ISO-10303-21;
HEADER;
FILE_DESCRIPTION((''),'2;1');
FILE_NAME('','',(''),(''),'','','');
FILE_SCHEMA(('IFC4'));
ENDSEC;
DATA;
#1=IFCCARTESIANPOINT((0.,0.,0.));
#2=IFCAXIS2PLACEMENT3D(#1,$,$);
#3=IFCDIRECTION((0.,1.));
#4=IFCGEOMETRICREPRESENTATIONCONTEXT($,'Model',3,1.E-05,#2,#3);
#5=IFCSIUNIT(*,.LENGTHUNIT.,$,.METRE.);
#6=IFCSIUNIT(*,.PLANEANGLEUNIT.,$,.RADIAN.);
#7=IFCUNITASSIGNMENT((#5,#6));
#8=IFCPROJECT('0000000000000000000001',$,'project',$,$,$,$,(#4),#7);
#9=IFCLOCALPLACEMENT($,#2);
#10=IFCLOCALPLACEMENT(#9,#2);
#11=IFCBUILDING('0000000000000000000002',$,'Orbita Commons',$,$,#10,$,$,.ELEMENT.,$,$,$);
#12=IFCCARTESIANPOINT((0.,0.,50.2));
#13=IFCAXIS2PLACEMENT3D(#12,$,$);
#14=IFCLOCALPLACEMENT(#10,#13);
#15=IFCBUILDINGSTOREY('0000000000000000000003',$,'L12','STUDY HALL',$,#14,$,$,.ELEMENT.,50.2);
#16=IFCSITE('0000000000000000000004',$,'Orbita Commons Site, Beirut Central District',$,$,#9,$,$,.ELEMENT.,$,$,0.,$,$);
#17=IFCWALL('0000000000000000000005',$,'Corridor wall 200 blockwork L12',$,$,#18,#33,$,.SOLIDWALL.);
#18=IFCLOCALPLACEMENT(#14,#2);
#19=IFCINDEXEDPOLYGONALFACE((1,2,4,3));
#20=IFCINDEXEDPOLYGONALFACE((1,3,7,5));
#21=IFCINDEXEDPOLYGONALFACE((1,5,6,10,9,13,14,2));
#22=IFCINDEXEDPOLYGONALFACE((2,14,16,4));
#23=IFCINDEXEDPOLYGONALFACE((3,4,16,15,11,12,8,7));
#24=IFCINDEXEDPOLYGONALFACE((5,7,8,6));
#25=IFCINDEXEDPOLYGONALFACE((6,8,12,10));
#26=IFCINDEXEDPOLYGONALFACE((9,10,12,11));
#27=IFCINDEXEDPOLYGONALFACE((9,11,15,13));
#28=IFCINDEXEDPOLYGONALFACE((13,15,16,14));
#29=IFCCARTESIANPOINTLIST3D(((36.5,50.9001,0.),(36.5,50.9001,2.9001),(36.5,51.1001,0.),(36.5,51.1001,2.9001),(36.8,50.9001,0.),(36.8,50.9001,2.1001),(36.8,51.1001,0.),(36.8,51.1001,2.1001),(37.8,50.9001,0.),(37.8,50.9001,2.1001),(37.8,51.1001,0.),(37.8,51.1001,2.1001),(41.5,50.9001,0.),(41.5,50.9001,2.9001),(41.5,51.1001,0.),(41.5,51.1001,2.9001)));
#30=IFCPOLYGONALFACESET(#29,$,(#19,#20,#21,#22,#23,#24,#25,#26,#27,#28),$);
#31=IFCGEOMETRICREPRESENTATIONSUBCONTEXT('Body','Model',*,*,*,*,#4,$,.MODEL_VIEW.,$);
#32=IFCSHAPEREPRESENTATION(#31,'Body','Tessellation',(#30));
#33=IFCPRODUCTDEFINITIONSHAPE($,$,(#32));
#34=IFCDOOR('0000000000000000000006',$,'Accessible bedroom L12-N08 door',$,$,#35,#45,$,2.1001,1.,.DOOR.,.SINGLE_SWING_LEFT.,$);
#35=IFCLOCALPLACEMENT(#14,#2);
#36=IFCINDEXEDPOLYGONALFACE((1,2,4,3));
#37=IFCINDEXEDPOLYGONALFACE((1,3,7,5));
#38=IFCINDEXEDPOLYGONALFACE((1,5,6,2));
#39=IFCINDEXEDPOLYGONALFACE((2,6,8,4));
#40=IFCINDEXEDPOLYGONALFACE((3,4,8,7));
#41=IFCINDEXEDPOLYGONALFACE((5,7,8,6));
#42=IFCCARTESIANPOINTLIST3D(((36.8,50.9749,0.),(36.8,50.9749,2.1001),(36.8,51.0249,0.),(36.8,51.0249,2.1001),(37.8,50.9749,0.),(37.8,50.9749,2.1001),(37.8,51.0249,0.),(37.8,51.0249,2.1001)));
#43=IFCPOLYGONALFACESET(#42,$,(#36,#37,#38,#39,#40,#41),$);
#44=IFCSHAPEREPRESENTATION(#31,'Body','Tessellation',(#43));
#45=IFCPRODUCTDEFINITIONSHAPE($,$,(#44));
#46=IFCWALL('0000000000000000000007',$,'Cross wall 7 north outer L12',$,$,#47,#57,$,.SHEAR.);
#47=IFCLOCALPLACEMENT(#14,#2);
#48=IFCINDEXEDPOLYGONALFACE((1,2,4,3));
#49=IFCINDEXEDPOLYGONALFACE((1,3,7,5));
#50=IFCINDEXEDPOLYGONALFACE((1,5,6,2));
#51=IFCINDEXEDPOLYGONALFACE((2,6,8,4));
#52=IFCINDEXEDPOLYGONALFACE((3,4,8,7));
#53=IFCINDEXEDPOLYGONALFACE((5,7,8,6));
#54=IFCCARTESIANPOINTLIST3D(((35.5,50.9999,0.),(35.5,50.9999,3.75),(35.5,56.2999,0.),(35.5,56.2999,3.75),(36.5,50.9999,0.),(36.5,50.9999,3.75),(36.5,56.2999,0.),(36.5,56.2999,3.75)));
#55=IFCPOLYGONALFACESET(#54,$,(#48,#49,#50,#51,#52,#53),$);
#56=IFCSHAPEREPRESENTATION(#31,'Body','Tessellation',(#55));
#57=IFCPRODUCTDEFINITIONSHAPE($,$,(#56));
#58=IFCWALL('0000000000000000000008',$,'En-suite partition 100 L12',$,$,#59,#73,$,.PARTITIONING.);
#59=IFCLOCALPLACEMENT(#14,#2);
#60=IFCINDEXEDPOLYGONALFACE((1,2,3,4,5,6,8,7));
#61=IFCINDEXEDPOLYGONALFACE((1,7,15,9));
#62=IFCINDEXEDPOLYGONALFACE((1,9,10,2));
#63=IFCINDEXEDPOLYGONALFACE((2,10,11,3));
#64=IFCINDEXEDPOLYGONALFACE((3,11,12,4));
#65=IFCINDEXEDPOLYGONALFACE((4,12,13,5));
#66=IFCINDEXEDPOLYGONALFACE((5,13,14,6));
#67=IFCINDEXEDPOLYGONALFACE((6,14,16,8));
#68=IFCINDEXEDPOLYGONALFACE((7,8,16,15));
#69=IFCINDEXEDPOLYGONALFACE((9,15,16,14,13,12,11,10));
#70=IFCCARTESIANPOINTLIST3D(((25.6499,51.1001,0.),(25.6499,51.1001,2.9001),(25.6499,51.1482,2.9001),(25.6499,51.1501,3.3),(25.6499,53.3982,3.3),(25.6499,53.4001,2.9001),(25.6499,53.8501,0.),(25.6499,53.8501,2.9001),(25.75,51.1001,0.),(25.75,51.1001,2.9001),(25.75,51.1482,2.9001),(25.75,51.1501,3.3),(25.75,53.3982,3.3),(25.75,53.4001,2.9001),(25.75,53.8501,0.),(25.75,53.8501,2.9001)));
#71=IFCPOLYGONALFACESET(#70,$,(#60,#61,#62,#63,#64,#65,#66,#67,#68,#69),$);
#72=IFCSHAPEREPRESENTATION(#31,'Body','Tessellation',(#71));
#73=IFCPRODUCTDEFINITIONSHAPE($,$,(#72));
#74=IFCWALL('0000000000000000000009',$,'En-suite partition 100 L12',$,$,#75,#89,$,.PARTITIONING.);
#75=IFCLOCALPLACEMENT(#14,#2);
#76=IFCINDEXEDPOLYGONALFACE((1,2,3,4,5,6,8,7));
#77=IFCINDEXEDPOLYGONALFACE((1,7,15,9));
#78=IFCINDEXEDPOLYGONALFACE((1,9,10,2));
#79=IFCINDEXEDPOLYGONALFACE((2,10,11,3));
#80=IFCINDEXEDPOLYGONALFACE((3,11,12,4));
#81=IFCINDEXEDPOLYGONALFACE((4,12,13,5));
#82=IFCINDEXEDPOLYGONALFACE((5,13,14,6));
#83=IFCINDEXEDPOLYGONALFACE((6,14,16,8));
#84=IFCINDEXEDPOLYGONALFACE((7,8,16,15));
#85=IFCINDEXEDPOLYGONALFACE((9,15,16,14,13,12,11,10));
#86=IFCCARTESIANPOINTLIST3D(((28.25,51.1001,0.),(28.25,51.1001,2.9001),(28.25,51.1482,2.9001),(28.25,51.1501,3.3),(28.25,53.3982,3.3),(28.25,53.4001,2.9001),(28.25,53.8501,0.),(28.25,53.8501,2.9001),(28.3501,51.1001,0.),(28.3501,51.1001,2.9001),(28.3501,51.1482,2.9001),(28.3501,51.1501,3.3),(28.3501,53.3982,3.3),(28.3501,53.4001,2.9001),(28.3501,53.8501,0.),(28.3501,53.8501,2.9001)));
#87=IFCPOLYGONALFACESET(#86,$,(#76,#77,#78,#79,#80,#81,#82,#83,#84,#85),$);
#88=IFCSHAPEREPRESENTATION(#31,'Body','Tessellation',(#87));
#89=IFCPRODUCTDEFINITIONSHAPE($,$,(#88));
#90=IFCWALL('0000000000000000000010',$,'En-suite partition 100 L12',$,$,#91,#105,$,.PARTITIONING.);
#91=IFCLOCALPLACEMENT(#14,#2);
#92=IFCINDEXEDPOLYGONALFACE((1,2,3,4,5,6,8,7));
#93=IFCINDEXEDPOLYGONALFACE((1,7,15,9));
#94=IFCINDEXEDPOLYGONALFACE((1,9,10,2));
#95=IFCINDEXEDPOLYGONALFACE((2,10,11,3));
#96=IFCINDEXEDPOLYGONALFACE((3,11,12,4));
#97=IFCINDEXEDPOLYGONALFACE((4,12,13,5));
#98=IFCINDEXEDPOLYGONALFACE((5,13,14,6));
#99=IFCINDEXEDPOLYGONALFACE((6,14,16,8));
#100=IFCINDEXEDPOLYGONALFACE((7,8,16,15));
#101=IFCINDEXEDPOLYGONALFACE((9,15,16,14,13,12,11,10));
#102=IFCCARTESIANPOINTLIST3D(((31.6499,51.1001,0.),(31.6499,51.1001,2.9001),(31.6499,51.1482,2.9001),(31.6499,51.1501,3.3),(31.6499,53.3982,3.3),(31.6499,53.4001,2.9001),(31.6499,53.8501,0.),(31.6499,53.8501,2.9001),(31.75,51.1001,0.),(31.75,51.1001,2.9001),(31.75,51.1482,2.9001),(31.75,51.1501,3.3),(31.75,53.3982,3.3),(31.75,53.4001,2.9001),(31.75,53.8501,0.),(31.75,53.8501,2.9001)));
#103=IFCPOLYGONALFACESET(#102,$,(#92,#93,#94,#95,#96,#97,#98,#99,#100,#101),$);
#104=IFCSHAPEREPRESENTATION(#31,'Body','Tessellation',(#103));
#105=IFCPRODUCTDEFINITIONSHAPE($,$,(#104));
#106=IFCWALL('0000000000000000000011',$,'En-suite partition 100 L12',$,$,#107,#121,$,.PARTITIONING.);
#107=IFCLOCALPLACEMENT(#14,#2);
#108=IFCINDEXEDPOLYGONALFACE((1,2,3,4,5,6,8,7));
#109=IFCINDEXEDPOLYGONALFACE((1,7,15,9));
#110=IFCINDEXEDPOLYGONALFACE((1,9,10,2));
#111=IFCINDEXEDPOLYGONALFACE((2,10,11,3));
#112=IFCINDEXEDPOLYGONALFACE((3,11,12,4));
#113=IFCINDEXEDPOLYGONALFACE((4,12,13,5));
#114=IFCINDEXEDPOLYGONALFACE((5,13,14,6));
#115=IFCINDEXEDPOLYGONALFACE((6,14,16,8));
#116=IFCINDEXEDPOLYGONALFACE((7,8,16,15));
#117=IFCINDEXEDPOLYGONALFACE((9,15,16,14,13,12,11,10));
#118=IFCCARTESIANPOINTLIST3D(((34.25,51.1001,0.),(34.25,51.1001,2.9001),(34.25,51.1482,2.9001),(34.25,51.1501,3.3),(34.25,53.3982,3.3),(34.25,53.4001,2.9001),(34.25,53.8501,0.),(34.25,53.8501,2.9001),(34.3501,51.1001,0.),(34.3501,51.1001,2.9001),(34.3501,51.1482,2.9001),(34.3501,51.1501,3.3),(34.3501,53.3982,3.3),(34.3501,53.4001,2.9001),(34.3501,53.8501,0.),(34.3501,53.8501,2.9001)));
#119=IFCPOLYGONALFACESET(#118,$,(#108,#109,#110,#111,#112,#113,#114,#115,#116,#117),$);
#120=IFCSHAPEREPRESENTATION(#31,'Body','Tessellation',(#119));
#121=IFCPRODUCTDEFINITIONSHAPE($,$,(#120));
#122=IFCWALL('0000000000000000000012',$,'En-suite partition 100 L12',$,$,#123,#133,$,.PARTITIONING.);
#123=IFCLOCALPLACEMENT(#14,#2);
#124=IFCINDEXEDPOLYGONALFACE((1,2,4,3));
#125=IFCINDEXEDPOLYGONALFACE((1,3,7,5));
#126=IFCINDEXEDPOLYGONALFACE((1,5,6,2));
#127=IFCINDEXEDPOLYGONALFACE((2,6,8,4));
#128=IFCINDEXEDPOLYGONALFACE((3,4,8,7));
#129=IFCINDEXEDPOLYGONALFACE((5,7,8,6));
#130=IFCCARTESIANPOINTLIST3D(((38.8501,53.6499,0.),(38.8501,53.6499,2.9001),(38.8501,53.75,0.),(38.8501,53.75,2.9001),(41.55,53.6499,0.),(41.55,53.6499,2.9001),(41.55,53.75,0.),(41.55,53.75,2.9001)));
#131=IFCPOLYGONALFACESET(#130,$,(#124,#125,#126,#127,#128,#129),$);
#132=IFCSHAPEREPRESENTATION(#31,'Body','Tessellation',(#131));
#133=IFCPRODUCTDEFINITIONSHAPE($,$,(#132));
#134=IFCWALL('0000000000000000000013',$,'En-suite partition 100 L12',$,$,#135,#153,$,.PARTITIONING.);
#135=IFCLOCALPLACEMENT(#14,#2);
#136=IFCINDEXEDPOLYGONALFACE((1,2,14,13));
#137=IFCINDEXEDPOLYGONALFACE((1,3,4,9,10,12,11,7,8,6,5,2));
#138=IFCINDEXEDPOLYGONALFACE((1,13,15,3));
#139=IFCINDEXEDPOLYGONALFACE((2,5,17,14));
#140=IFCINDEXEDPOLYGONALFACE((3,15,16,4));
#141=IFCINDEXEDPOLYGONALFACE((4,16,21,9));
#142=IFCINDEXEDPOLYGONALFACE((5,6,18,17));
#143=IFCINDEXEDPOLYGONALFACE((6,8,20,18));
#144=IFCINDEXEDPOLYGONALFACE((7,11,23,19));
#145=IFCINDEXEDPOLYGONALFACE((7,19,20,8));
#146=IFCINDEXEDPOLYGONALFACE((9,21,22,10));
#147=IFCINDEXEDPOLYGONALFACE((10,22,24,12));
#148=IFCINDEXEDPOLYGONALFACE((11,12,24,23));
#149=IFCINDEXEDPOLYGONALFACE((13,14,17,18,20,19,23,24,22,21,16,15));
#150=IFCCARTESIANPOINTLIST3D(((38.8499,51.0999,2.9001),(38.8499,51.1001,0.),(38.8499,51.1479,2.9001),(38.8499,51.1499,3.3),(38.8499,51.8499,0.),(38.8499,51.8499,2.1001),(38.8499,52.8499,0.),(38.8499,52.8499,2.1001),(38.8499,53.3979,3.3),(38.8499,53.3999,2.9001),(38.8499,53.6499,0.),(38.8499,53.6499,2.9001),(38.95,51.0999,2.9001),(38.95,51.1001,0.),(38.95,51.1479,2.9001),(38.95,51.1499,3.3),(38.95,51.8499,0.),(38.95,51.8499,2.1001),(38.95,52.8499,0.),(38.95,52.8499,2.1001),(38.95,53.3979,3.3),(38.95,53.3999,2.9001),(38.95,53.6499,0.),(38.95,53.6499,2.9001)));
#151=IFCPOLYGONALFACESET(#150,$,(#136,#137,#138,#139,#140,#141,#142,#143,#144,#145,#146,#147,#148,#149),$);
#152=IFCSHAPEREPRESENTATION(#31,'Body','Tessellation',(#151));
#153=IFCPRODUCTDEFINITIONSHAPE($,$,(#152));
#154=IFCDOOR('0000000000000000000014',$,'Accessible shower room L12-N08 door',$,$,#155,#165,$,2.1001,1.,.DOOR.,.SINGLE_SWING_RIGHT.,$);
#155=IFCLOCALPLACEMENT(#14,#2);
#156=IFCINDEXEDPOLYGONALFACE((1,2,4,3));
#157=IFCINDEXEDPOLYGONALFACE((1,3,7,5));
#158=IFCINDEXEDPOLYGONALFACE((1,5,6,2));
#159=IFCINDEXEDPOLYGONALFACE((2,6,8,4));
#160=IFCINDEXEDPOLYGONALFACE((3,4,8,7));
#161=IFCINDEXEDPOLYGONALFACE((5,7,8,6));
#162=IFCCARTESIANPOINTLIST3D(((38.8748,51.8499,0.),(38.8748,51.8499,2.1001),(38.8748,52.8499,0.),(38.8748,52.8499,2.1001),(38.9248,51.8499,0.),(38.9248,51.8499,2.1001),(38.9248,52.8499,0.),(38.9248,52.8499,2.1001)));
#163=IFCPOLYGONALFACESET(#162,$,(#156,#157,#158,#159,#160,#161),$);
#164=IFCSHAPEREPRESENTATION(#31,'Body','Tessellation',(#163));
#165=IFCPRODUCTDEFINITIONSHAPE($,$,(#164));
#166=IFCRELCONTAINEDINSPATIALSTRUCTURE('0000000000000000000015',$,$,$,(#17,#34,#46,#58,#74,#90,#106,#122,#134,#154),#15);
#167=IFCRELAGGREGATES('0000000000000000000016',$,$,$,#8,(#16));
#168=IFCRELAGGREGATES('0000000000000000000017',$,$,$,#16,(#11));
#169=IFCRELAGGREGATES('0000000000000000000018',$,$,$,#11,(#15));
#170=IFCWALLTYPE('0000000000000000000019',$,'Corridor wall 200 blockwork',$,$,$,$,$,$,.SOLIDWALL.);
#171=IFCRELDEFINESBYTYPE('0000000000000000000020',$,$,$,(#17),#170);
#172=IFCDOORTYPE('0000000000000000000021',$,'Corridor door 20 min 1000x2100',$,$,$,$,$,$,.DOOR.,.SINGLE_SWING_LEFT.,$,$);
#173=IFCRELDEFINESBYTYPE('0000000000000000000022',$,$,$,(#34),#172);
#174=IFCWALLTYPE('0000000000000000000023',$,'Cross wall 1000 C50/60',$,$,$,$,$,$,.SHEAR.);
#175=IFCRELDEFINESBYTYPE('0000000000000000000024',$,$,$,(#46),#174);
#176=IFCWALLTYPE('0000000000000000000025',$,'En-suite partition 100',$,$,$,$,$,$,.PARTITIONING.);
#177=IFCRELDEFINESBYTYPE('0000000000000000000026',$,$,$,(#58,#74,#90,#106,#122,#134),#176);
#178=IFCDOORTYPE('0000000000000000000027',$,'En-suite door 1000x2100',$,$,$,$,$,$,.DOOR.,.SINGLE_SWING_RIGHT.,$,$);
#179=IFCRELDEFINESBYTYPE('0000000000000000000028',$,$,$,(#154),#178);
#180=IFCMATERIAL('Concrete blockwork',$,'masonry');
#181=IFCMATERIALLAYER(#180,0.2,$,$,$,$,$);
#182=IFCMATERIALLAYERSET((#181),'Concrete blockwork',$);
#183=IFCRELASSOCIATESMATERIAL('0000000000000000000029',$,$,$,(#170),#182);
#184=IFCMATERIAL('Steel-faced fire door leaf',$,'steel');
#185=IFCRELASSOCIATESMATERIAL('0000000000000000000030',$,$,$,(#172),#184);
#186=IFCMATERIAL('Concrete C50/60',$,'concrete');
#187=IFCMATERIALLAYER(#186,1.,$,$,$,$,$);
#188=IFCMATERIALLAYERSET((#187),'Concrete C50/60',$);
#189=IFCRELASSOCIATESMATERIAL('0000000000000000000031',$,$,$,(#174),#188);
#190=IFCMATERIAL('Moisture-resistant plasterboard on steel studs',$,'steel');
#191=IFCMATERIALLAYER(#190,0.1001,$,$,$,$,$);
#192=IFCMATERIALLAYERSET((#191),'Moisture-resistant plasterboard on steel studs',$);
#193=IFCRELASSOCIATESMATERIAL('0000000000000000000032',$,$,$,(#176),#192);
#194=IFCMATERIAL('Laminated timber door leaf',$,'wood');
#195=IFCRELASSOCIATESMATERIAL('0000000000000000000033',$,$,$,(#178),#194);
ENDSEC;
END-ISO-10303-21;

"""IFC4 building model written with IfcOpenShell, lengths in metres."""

from ifc_helpers import new_model, si_unit, direction, frame, frame_2d, origin, place, context, subcontext, project, spatial, polyline, rectangle, outline, extrude, material, layer, layer_set, type_object, element, fill, save


model = new_model("IFC4")

# Units and contexts
model_context = context("Model", 3, precision=1e-05, world=origin(), true_north=direction((0.0, 1.0)))
body_context = subcontext(model_context, "Body", "Model", "MODEL_VIEW")
ifc_project = project(units=[si_unit("LENGTHUNIT", "METRE"), si_unit("PLANEANGLEUNIT", "RADIAN")], contexts=[model_context])

# Site, building, storey
site_placement = place(None, origin())
site = spatial("IfcSite", under=ifc_project, at=site_placement, Name="Orbita Commons Site, Beirut Central District", CompositionType="ELEMENT", RefElevation=0.0)
building_placement = place(site_placement, origin())
building = spatial("IfcBuilding", under=site, at=building_placement, Name="Orbita Commons", CompositionType="ELEMENT")
storey_placement = place(building_placement, frame((0.0, 0.0, 50.2)))
storey = spatial("IfcBuildingStorey", under=building, at=storey_placement, Name="L12", Description="STUDY HALL", CompositionType="ELEMENT", Elevation=50.2)

# Shared definitions
ifc_material_1 = material(Name="Concrete blockwork", Category="masonry")
ifc_layer_1 = layer(ifc_material_1, 0.2)
ifc_layer_set_1 = layer_set([ifc_layer_1], Name="Concrete blockwork")
wall_type_1 = type_object("IfcWallType", Name="Corridor wall 200 blockwork", PredefinedType="SOLIDWALL", material=ifc_layer_set_1)

# Wall, opening, door
wall_1_placement = place(storey_placement, frame((36.5, 51.0, 0.0), z_axis=(0.0, 0.0, 1.0), x_axis=(1.0, 0.0, 0.0)))
wall_1 = element("IfcWall", 1, at=wall_1_placement, inside=storey, type_object=wall_type_1, Name="Corridor wall 200 blockwork L12", PredefinedType="SOLIDWALL", context=body_context, shape_type="SweptSolid", body=[
    extrude(outline(polyline([(0.0, 0.0), (5.0, 0.0), (5.0, 2.9001), (0.0, 2.9001), (0.0, 0.0)])), frame((0.0, 0.1001, 0.0), z_axis=(0.0, -1.0, 0.0), x_axis=(1.0, 0.0, 0.0)), (0.0, 0.0, 1.0), 0.2),
])
opening_1_placement = place(wall_1_placement, frame((0.3, 0.0, 0.0)))
opening_1 = element("IfcOpeningElement", 2, at=opening_1_placement, cuts=wall_1, PredefinedType="OPENING", context=body_context, shape_type="SweptSolid", body=[
    extrude(rectangle(XDim=1.0, YDim=2.1001, at=frame_2d((0.5, 1.05))), frame((0.0, 0.1099, 0.0), z_axis=(0.0, -1.0, 0.0), x_axis=(1.0, 0.0, 0.0)), (0.0, 0.0, 1.0), 0.22),
])
ifc_material_2 = material(Name="Steel-faced fire door leaf", Category="steel")
door_type_1 = type_object("IfcDoorType", Name="Corridor door 20 min 1000x2100", OperationType="SINGLE_SWING_LEFT", PredefinedType="DOOR", material=ifc_material_2)
door_1_placement = place(opening_1_placement, origin())
door_1 = element("IfcDoor", 3, at=door_1_placement, inside=storey, type_object=door_type_1, Name="Accessible bedroom L12-N08 door", OperationType="SINGLE_SWING_LEFT", OverallHeight=2.1001, OverallWidth=1.0, PredefinedType="DOOR", context=body_context, shape_type="SweptSolid", body=[
    extrude(rectangle(XDim=1.0, YDim=2.1001, at=frame_2d((0.5, 1.05))), frame((0.0, 0.0249, 0.0), z_axis=(0.0, -1.0, 0.0), x_axis=(1.0, 0.0, 0.0)), (0.0, 0.0, 1.0), 0.05),
])
fill(opening_1, door_1)

# Walls
ifc_material_3 = material(Name="Concrete C50/60", Category="concrete")
ifc_layer_2 = layer(ifc_material_3, 1.0)
ifc_layer_set_2 = layer_set([ifc_layer_2], Name="Concrete C50/60")
wall_type_2 = type_object("IfcWallType", Name="Cross wall 1000 C50/60", PredefinedType="SHEAR", material=ifc_layer_set_2)
wall_2_placement = place(storey_placement, frame((36.0, 51.0, 0.0), z_axis=(0.0, 0.0, 1.0), x_axis=(0.0, 1.0, 0.0)))
element("IfcWall", 4, at=wall_2_placement, inside=storey, type_object=wall_type_2, Name="Cross wall 7 north outer L12", PredefinedType="SHEAR", context=body_context, shape_type="SweptSolid", body=[
    extrude(rectangle(XDim=5.3, YDim=1.0, at=frame_2d((2.6499, 0.0))), origin(), (0.0, 0.0, 1.0), 3.75),
])
ifc_material_4 = material(Name="Moisture-resistant plasterboard on steel studs", Category="steel")
ifc_layer_3 = layer(ifc_material_4, 0.1001)
ifc_layer_set_3 = layer_set([ifc_layer_3], Name="Moisture-resistant plasterboard on steel studs")
wall_type_3 = type_object("IfcWallType", Name="En-suite partition 100", PredefinedType="PARTITIONING", material=ifc_layer_set_3)
for number, where, z_axis, x_axis, name in (
    (5, (25.7, 53.8501, 0.0), (0.0, 0.0, 1.0), (0.0, -1.0, 0.0), "En-suite partition 100 L12"),
    (6, (28.3, 53.8501, 0.0), (0.0, 0.0, 1.0), (0.0, -1.0, 0.0), "En-suite partition 100 L12"),
    (7, (31.7, 53.8501, 0.0), (0.0, 0.0, 1.0), (0.0, -1.0, 0.0), "En-suite partition 100 L12"),
    (8, (34.3, 53.8501, 0.0), (0.0, 0.0, 1.0), (0.0, -1.0, 0.0), "En-suite partition 100 L12"),
):
    element("IfcWall", number, at=place(storey_placement, frame(where, z_axis=z_axis, x_axis=x_axis)), inside=storey, type_object=wall_type_3, Name=name, PredefinedType="PARTITIONING", context=body_context, shape_type="SweptSolid", body=[
        extrude(outline(polyline([(0.0, 0.0), (2.75, 0.0), (2.75, 2.9001), (2.7019, 2.9001), (2.7, 3.3), (0.4519, 3.3), (0.45, 2.9001), (0.0, 2.9001), (0.0, 0.0)])), frame((0.0, 0.05, 0.0), z_axis=(0.0, -1.0, 0.0), x_axis=(1.0, 0.0, 0.0)), (0.0, 0.0, 1.0), 0.1001),
    ])
wall_3_placement = place(storey_placement, frame((38.8501, 53.7, 0.0), z_axis=(0.0, 0.0, 1.0), x_axis=(1.0, 0.0, 0.0)))
element("IfcWall", 9, at=wall_3_placement, inside=storey, type_object=wall_type_3, Name="En-suite partition 100 L12", PredefinedType="PARTITIONING", context=body_context, shape_type="SweptSolid", body=[
    extrude(outline(polyline([(0.0, 0.0), (2.7, 0.0), (2.7, 2.9001), (0.0, 2.9001), (0.0, 0.0)])), frame((0.0, 0.05, 0.0), z_axis=(0.0, -1.0, 0.0), x_axis=(1.0, 0.0, 0.0)), (0.0, 0.0, 1.0), 0.1001),
])

# Wall, opening, door
wall_4_placement = place(storey_placement, frame((38.8999, 53.6499, 0.0), z_axis=(0.0, 0.0, 1.0), x_axis=(0.0, -1.0, 0.0)))
wall_4 = element("IfcWall", 10, at=wall_4_placement, inside=storey, type_object=wall_type_3, Name="En-suite partition 100 L12", PredefinedType="PARTITIONING", context=body_context, shape_type="SweptSolid", body=[
    extrude(outline(polyline([(0.0, 0.0), (2.5498, 0.0), (2.55, 2.9001), (2.502, 2.9001), (2.5, 3.3), (0.252, 3.3), (0.25, 2.9001), (0.0, 2.9001), (0.0, 0.0)])), frame((0.0, 0.05, 0.0), z_axis=(0.0, -1.0, 0.0), x_axis=(1.0, 0.0, 0.0)), (0.0, 0.0, 1.0), 0.1001),
])
opening_2_placement = place(wall_4_placement, frame((0.8, 0.0, 0.0)))
opening_2 = element("IfcOpeningElement", 11, at=opening_2_placement, cuts=wall_4, PredefinedType="OPENING", context=body_context, shape_type="SweptSolid", body=[
    extrude(rectangle(XDim=1.0, YDim=2.1001, at=frame_2d((0.5, 1.05))), frame((0.0, 0.0601, 0.0), z_axis=(0.0, -1.0, 0.0), x_axis=(1.0, 0.0, 0.0)), (0.0, 0.0, 1.0), 0.1201),
])
ifc_material_5 = material(Name="Laminated timber door leaf", Category="wood")
door_type_2 = type_object("IfcDoorType", Name="En-suite door 1000x2100", OperationType="SINGLE_SWING_RIGHT", PredefinedType="DOOR", material=ifc_material_5)
door_2_placement = place(opening_2_placement, origin())
door_2 = element("IfcDoor", 12, at=door_2_placement, inside=storey, type_object=door_type_2, Name="Accessible shower room L12-N08 door", OperationType="SINGLE_SWING_RIGHT", OverallHeight=2.1001, OverallWidth=1.0, PredefinedType="DOOR", context=body_context, shape_type="SweptSolid", body=[
    extrude(rectangle(XDim=1.0, YDim=2.1001, at=frame_2d((0.5, 1.05))), frame((0.0, 0.0249, 0.0), z_axis=(0.0, -1.0, 0.0), x_axis=(1.0, 0.0, 0.0)), (0.0, 0.0, 1.0), 0.05),
])
fill(opening_2, door_2)

save(model, "model.ifc")
